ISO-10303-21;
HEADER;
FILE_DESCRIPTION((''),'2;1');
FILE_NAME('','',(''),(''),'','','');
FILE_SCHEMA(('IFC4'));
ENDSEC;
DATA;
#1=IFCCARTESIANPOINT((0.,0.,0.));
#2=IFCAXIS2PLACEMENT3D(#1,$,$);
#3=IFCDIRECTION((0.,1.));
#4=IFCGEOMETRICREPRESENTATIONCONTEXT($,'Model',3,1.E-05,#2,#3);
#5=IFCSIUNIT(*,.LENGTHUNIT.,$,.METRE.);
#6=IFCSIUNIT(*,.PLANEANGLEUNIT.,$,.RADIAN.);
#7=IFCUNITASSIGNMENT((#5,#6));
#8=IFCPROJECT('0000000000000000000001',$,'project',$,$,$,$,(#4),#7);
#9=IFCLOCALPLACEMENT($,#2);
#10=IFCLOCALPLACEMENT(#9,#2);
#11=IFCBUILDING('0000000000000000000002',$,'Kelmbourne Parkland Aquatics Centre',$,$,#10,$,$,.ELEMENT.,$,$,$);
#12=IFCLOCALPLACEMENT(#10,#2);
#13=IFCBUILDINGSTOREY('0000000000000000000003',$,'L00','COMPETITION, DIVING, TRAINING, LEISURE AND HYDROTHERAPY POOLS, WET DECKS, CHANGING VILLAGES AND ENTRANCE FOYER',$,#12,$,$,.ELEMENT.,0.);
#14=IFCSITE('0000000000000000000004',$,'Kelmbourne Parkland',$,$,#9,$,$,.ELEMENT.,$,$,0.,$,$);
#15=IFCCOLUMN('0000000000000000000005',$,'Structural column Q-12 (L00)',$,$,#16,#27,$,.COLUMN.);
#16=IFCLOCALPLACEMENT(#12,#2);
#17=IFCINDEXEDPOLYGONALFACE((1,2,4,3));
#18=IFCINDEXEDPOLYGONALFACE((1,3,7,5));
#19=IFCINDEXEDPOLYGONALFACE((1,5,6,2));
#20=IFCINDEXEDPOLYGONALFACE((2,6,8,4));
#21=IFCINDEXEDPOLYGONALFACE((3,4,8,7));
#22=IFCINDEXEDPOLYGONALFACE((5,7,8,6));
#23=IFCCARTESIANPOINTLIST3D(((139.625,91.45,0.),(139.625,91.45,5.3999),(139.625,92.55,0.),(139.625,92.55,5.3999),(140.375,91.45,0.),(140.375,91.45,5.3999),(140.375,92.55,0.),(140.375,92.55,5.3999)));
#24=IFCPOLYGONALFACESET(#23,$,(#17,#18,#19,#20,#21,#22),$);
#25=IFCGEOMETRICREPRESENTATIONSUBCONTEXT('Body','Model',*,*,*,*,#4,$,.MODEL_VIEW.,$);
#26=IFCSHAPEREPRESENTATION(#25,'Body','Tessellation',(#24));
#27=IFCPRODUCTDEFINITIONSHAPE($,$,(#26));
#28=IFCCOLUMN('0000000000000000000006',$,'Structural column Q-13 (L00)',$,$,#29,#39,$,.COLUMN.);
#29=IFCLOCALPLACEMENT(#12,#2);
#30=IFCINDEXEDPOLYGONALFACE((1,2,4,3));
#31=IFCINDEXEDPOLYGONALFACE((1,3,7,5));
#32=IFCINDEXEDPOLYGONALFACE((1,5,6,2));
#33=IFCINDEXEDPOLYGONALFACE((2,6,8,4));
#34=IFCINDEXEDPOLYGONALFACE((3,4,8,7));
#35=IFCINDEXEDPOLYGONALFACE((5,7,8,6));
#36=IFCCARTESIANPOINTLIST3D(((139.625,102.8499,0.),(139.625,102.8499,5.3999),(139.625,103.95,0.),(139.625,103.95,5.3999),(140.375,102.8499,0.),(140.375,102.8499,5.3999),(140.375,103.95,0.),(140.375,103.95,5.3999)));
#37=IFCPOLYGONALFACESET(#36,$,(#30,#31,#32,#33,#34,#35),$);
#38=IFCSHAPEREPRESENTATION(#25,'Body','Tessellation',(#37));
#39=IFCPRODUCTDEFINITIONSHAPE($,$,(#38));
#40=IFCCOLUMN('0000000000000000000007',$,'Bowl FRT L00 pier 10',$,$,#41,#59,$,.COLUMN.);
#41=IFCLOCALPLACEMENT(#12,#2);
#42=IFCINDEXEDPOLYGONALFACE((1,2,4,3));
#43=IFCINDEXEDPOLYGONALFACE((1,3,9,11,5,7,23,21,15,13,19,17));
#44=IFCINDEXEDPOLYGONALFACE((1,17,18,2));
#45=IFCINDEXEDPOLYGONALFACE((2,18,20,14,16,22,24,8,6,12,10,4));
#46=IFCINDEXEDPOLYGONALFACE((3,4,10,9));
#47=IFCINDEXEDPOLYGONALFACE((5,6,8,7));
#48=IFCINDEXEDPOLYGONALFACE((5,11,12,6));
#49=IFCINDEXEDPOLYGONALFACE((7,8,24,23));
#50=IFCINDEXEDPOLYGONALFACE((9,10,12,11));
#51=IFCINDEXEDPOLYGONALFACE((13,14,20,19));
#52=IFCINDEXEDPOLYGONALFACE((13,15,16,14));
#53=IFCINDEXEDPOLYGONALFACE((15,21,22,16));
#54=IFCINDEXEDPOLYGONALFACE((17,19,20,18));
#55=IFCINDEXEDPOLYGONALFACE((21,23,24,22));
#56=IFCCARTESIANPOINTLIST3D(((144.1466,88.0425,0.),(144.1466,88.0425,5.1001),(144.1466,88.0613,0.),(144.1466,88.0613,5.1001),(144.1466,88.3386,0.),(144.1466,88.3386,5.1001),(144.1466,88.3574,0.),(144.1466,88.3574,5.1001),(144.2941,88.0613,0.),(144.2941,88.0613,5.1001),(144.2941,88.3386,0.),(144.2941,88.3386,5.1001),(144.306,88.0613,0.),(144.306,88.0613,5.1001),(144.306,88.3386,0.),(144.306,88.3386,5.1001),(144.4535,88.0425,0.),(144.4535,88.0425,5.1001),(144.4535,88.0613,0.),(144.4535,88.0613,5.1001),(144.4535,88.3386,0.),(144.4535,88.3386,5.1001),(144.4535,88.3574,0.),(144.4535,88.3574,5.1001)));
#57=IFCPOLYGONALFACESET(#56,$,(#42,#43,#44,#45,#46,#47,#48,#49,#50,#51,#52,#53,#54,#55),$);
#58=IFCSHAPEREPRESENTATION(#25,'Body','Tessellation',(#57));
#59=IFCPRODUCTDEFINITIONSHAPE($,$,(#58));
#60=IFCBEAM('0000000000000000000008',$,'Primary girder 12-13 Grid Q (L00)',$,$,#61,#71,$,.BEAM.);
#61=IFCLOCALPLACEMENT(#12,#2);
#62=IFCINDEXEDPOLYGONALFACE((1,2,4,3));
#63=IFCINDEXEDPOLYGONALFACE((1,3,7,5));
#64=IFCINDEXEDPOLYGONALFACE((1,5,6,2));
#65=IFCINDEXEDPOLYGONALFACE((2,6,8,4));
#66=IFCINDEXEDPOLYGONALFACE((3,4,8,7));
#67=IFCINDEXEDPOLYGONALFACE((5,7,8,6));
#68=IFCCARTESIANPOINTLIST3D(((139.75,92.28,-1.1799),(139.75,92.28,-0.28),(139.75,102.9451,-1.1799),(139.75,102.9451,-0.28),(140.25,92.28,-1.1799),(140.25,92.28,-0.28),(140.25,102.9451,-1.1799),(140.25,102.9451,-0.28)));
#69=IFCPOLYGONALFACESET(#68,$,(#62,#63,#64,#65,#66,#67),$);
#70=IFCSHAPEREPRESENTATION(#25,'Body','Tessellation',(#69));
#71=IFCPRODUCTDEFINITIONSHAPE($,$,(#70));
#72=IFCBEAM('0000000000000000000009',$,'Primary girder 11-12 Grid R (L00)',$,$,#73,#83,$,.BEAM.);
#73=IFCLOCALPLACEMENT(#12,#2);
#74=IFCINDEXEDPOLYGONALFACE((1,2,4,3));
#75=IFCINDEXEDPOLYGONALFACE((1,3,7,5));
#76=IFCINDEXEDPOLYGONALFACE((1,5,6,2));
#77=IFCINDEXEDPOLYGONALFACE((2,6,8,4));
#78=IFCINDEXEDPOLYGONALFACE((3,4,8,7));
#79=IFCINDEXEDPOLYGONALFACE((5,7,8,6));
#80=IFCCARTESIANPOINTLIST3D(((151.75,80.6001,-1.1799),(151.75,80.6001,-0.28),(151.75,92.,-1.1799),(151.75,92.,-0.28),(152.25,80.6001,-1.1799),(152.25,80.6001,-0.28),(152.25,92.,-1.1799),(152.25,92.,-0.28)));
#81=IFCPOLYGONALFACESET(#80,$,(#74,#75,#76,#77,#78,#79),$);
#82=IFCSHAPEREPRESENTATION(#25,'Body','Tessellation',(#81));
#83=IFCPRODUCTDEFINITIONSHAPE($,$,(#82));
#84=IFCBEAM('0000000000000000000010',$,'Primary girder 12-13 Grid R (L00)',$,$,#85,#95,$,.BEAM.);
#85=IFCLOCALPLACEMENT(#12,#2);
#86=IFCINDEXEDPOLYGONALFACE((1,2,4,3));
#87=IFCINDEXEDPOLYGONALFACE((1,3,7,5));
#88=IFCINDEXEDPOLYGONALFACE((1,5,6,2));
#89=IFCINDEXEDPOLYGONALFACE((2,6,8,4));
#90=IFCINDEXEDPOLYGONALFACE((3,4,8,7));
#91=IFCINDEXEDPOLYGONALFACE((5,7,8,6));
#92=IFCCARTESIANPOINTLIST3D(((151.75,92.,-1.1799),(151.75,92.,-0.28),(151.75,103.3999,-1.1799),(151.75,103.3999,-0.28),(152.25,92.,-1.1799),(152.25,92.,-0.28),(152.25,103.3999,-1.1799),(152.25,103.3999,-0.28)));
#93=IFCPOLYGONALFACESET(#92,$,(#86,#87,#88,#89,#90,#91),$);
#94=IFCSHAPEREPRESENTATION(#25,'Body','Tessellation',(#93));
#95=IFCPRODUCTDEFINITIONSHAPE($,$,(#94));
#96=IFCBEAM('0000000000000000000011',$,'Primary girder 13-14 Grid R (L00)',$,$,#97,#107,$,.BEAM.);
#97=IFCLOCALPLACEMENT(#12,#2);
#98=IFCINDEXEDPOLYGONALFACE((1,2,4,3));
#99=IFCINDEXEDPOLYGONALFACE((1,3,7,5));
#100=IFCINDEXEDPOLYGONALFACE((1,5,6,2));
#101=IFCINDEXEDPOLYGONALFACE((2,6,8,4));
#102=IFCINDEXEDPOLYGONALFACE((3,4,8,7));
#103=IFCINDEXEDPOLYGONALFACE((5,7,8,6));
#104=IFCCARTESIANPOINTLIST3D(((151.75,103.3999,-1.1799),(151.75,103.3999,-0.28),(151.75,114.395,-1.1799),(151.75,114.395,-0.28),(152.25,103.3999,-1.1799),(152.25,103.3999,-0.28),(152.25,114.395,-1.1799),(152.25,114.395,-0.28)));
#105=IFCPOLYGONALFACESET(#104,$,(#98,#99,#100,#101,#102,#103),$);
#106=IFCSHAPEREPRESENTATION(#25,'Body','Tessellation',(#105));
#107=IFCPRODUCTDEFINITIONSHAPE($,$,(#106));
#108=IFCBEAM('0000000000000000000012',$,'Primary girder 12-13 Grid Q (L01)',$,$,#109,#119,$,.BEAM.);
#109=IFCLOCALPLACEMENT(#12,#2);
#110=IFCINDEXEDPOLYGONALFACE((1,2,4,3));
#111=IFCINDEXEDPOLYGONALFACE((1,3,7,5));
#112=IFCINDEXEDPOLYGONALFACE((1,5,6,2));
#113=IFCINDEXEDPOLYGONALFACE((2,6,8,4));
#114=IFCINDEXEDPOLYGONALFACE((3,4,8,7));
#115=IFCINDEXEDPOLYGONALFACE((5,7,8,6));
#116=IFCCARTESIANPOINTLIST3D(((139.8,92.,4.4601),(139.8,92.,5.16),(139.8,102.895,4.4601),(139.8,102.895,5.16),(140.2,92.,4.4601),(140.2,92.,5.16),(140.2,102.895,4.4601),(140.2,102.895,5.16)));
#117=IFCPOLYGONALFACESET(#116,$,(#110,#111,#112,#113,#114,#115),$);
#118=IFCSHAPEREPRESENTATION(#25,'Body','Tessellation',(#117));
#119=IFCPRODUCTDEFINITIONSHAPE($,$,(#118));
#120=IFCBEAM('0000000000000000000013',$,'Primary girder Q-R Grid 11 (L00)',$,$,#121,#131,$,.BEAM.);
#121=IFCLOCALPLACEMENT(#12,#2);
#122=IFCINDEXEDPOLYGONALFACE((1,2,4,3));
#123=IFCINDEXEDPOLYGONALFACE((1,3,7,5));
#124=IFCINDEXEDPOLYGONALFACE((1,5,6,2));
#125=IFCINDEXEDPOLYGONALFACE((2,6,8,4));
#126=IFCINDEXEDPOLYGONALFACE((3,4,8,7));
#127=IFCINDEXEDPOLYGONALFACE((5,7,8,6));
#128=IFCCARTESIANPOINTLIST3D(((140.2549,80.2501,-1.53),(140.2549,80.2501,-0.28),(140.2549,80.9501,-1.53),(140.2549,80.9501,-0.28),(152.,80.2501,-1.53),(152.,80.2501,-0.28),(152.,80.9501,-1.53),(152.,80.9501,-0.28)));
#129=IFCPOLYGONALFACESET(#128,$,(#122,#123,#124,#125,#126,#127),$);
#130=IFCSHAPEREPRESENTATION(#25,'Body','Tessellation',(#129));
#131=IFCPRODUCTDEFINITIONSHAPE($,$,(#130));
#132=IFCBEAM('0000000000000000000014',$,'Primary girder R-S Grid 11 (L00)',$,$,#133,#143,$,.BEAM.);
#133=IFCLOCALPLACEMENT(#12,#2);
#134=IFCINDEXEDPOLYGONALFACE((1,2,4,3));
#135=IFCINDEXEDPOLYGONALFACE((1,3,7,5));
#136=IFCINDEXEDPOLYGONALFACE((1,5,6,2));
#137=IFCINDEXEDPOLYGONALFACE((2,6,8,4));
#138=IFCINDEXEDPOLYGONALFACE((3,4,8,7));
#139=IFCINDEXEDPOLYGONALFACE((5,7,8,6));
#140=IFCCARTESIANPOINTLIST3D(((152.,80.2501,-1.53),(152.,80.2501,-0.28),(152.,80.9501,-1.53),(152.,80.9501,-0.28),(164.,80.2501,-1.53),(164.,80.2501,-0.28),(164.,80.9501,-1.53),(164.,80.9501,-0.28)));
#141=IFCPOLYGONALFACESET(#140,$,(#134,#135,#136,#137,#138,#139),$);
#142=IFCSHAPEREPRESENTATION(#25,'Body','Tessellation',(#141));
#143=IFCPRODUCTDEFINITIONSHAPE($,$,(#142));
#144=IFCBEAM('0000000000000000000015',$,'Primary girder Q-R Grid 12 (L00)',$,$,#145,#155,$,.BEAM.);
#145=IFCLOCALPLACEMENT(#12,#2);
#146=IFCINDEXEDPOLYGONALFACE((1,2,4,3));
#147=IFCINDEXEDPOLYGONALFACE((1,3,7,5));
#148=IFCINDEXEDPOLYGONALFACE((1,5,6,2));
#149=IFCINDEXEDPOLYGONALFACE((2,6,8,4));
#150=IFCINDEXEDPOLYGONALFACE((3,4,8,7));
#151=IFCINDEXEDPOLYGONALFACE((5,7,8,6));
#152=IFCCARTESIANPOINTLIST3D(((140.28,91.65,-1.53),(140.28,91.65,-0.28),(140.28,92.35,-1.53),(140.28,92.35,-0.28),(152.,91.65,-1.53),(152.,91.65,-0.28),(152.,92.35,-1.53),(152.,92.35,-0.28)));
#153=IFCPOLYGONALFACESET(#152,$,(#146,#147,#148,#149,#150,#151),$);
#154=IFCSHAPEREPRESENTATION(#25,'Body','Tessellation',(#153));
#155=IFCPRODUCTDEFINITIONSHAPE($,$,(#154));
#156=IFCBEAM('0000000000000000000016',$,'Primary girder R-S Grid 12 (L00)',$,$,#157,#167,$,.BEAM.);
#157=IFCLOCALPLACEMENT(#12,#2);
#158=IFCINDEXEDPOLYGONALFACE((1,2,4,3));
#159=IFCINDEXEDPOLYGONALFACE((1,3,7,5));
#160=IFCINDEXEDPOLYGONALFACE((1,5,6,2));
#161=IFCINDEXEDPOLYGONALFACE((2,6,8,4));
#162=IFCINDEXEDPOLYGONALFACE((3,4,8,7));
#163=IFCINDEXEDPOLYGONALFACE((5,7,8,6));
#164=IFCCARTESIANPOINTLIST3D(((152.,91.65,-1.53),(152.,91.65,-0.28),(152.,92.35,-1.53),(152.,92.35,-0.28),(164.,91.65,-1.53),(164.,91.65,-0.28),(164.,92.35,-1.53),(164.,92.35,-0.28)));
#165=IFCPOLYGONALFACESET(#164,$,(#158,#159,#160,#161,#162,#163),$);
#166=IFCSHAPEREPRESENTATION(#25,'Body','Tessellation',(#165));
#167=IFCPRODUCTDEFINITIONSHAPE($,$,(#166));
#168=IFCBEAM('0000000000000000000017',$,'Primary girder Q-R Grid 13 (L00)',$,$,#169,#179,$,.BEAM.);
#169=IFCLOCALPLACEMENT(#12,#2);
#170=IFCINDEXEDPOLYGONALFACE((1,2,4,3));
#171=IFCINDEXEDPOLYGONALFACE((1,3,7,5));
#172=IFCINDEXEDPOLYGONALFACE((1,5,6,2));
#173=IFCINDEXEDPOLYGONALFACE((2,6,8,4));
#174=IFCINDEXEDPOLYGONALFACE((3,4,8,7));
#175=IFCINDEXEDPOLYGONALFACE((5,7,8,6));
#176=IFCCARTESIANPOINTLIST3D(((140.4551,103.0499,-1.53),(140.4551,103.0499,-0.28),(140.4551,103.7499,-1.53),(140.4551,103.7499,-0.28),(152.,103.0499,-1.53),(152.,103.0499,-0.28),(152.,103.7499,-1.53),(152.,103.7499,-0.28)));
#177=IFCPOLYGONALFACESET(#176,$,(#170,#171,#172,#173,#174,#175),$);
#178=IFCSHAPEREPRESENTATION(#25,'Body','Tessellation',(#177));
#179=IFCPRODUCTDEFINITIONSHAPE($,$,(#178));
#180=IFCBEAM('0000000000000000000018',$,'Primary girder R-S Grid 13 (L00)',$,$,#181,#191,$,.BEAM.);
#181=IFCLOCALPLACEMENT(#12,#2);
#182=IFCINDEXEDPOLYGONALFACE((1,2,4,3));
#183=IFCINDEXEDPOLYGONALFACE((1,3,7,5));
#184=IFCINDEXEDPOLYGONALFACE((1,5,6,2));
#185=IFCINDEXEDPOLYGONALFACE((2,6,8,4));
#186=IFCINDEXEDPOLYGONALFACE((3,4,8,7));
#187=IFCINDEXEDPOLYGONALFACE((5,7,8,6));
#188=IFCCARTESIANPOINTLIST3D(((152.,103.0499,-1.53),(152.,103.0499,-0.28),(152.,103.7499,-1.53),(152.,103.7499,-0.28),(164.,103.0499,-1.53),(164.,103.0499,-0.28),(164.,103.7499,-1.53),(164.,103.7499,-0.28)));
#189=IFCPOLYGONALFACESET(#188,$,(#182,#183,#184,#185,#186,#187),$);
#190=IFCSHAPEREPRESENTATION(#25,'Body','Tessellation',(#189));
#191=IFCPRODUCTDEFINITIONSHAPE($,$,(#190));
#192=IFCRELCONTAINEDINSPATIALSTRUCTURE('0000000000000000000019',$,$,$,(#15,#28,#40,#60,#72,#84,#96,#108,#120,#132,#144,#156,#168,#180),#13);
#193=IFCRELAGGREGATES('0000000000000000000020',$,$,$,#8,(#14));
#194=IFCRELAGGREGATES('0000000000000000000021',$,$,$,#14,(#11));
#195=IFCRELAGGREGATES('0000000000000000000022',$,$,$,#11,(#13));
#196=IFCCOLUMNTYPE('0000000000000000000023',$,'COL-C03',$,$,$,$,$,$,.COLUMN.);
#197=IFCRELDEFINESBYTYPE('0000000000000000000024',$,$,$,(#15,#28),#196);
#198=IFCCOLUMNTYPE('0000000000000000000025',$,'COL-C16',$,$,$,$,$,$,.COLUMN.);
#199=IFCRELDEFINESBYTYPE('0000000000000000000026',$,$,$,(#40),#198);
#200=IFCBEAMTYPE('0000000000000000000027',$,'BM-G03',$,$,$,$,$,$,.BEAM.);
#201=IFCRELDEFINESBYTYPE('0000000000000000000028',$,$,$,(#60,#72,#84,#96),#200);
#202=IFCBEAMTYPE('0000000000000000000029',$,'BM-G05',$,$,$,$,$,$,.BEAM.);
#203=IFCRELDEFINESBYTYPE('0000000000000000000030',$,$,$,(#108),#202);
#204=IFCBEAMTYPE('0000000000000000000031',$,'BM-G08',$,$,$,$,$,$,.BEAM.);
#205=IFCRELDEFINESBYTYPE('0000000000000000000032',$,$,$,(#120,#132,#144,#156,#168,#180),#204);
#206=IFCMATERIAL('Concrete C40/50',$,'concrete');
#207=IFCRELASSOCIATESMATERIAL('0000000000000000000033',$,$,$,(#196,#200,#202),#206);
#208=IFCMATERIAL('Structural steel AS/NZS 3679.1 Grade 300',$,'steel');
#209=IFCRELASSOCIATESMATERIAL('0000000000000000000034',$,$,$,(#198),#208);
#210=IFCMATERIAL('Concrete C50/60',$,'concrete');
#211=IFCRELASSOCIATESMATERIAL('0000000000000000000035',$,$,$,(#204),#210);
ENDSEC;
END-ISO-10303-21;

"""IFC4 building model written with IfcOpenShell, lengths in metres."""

from ifc_helpers import new_model, si_unit, direction, frame, origin, origin_2d, place, context, subcontext, project, spatial, rectangle, i_section, extrude, material, material_profile, profile_set, type_object, element, save


model = new_model("IFC4")

# Units and contexts
model_context = context("Model", 3, precision=1e-05, world=origin(), true_north=direction((0.0, 1.0)))
body_context = subcontext(model_context, "Body", "Model", "MODEL_VIEW")
ifc_project = project(units=[si_unit("LENGTHUNIT", "METRE"), si_unit("PLANEANGLEUNIT", "RADIAN")], contexts=[model_context])

# Site, building, storey
site_placement = place(None, origin())
site = spatial("IfcSite", under=ifc_project, at=site_placement, Name="Kelmbourne Parkland", CompositionType="ELEMENT", RefElevation=0.0)
building_placement = place(site_placement, origin())
building = spatial("IfcBuilding", under=site, at=building_placement, Name="Kelmbourne Parkland Aquatics Centre", CompositionType="ELEMENT")
storey_placement = place(building_placement, origin())
storey = spatial("IfcBuildingStorey", under=building, at=storey_placement, Name="L00", Description="COMPETITION, DIVING, TRAINING, LEISURE AND HYDROTHERAPY POOLS, WET DECKS, CHANGING VILLAGES AND ENTRANCE FOYER", CompositionType="ELEMENT", Elevation=0.0)

# Columns
ifc_material_1 = material(Name="Concrete C40/50", Category="concrete")
ifc_material_profile_1 = material_profile(ifc_material_1, rectangle(XDim=0.75, YDim=1.1001, at=origin_2d()), Name="RC 750x1100")
ifc_profile_set_1 = profile_set([ifc_material_profile_1], Name="Concrete C40/50")
column_type_1 = type_object("IfcColumnType", Name="COL-C03", PredefinedType="COLUMN", material=ifc_profile_set_1)
for number, where, z_axis, x_axis, name in (
    (1, (140.0, 92.0, 0.0), (0.0, 0.0, 1.0), (1.0, 0.0, 0.0), "Structural column Q-12 (L00)"),
    (2, (140.0, 103.3999, 0.0), (0.0, 0.0, 1.0), (1.0, 0.0, 0.0), "Structural column Q-13 (L00)"),
):
    element("IfcColumn", number, at=place(storey_placement, frame(where, z_axis=z_axis, x_axis=x_axis)), inside=storey, type_object=column_type_1, Name=name, PredefinedType="COLUMN", context=body_context, shape_type="SweptSolid", body=[
        extrude(rectangle(XDim=0.75, YDim=1.1001, at=origin_2d()), origin(), (0.0, 0.0, 1.0), 5.3999),
    ])
ifc_material_2 = material(Name="Structural steel AS/NZS 3679.1 Grade 300", Category="steel")
ifc_material_profile_2 = material_profile(ifc_material_2, i_section(OverallWidth=0.3069, OverallDepth=0.3149, WebThickness=0.012, FlangeThickness=0.0188, at=origin_2d()), Name="310UC118")
ifc_profile_set_2 = profile_set([ifc_material_profile_2], Name="Structural steel AS/NZS 3679.1 Grade 300")
column_type_2 = type_object("IfcColumnType", Name="COL-C16", PredefinedType="COLUMN", material=ifc_profile_set_2)
column_placement = place(storey_placement, frame((144.3, 88.2, 0.0), z_axis=(0.0, 0.0, 1.0), x_axis=(1.0, 0.0, 0.0)))
element("IfcColumn", 3, at=column_placement, inside=storey, type_object=column_type_2, Name="Bowl FRT L00 pier 10", PredefinedType="COLUMN", context=body_context, shape_type="SweptSolid", body=[
    extrude(i_section(OverallWidth=0.3069, OverallDepth=0.3149, WebThickness=0.012, FlangeThickness=0.0188, at=origin_2d()), origin(), (0.0, 0.0, 1.0), 5.1001),
])

# Beams
ifc_material_profile_3 = material_profile(ifc_material_1, rectangle(XDim=0.5, YDim=0.8999, at=origin_2d()), Name="RC 500x900")
ifc_profile_set_3 = profile_set([ifc_material_profile_3], Name="Concrete C40/50")
beam_type_1 = type_object("IfcBeamType", Name="BM-G03", PredefinedType="BEAM", material=ifc_profile_set_3)
beam_1_placement = place(storey_placement, frame((140.0, 92.28, -0.73), z_axis=(0.0, 1.0, 0.0), x_axis=(-1.0, 0.0, 0.0)))
element("IfcBeam", 4, at=beam_1_placement, inside=storey, type_object=beam_type_1, Name="Primary girder 12-13 Grid Q (L00)", PredefinedType="BEAM", context=body_context, shape_type="SweptSolid", body=[
    extrude(rectangle(XDim=0.5, YDim=0.8999, at=origin_2d()), origin(), (0.0, 0.0, 1.0), 10.665),
])
for number, where, z_axis, x_axis, name in (
    (5, (152.0, 80.6001, -0.73), (0.0, 1.0, 0.0), (-1.0, 0.0, 0.0), "Primary girder 11-12 Grid R (L00)"),
    (6, (152.0, 92.0, -0.73), (0.0, 1.0, 0.0), (-1.0, 0.0, 0.0), "Primary girder 12-13 Grid R (L00)"),
):
    element("IfcBeam", number, at=place(storey_placement, frame(where, z_axis=z_axis, x_axis=x_axis)), inside=storey, type_object=beam_type_1, Name=name, PredefinedType="BEAM", context=body_context, shape_type="SweptSolid", body=[
        extrude(rectangle(XDim=0.5, YDim=0.8999, at=origin_2d()), origin(), (0.0, 0.0, 1.0), 11.3999),
    ])
beam_2_placement = place(storey_placement, frame((152.0, 103.3999, -0.73), z_axis=(0.0, 1.0, 0.0), x_axis=(-1.0, 0.0, 0.0)))
element("IfcBeam", 7, at=beam_2_placement, inside=storey, type_object=beam_type_1, Name="Primary girder 13-14 Grid R (L00)", PredefinedType="BEAM", context=body_context, shape_type="SweptSolid", body=[
    extrude(rectangle(XDim=0.5, YDim=0.8999, at=origin_2d()), origin(), (0.0, 0.0, 1.0), 10.9951),
])
ifc_material_profile_4 = material_profile(ifc_material_1, rectangle(XDim=0.3999, YDim=0.7, at=origin_2d()), Name="RC 400x700")
ifc_profile_set_4 = profile_set([ifc_material_profile_4], Name="Concrete C40/50")
beam_type_2 = type_object("IfcBeamType", Name="BM-G05", PredefinedType="BEAM", material=ifc_profile_set_4)
beam_3_placement = place(storey_placement, frame((140.0, 92.0, 4.8101), z_axis=(0.0, 1.0, 0.0), x_axis=(-1.0, 0.0, 0.0)))
element("IfcBeam", 8, at=beam_3_placement, inside=storey, type_object=beam_type_2, Name="Primary girder 12-13 Grid Q (L01)", PredefinedType="BEAM", context=body_context, shape_type="SweptSolid", body=[
    extrude(rectangle(XDim=0.3999, YDim=0.7, at=origin_2d()), origin(), (0.0, 0.0, 1.0), 10.895),
])
ifc_material_3 = material(Name="Concrete C50/60", Category="concrete")
ifc_material_profile_5 = material_profile(ifc_material_3, rectangle(XDim=0.7, YDim=1.25, at=origin_2d()), Name="RC 700x1250")
ifc_profile_set_5 = profile_set([ifc_material_profile_5], Name="Concrete C50/60")
beam_type_3 = type_object("IfcBeamType", Name="BM-G08", PredefinedType="BEAM", material=ifc_profile_set_5)
beam_4_placement = place(storey_placement, frame((140.2549, 80.6001, -0.905), z_axis=(1.0, 0.0, 0.0), x_axis=(0.0, 1.0, 0.0)))
element("IfcBeam", 9, at=beam_4_placement, inside=storey, type_object=beam_type_3, Name="Primary girder Q-R Grid 11 (L00)", PredefinedType="BEAM", context=body_context, shape_type="SweptSolid", body=[
    extrude(rectangle(XDim=0.7, YDim=1.25, at=origin_2d()), origin(), (0.0, 0.0, 1.0), 11.7451),
])
beam_5_placement = place(storey_placement, frame((152.0, 80.6001, -0.905), z_axis=(1.0, 0.0, 0.0), x_axis=(0.0, 1.0, 0.0)))
element("IfcBeam", 10, at=beam_5_placement, inside=storey, type_object=beam_type_3, Name="Primary girder R-S Grid 11 (L00)", PredefinedType="BEAM", context=body_context, shape_type="SweptSolid", body=[
    extrude(rectangle(XDim=0.7, YDim=1.25, at=origin_2d()), origin(), (0.0, 0.0, 1.0), 12.0),
])
beam_6_placement = place(storey_placement, frame((140.28, 92.0, -0.905), z_axis=(1.0, 0.0, 0.0), x_axis=(0.0, 1.0, 0.0)))
element("IfcBeam", 11, at=beam_6_placement, inside=storey, type_object=beam_type_3, Name="Primary girder Q-R Grid 12 (L00)", PredefinedType="BEAM", context=body_context, shape_type="SweptSolid", body=[
    extrude(rectangle(XDim=0.7, YDim=1.25, at=origin_2d()), origin(), (0.0, 0.0, 1.0), 11.72),
])
beam_7_placement = place(storey_placement, frame((152.0, 92.0, -0.905), z_axis=(1.0, 0.0, 0.0), x_axis=(0.0, 1.0, 0.0)))
element("IfcBeam", 12, at=beam_7_placement, inside=storey, type_object=beam_type_3, Name="Primary girder R-S Grid 12 (L00)", PredefinedType="BEAM", context=body_context, shape_type="SweptSolid", body=[
    extrude(rectangle(XDim=0.7, YDim=1.25, at=origin_2d()), origin(), (0.0, 0.0, 1.0), 12.0),
])
beam_8_placement = place(storey_placement, frame((140.4551, 103.3999, -0.905), z_axis=(1.0, 0.0, 0.0), x_axis=(0.0, 1.0, 0.0)))
element("IfcBeam", 13, at=beam_8_placement, inside=storey, type_object=beam_type_3, Name="Primary girder Q-R Grid 13 (L00)", PredefinedType="BEAM", context=body_context, shape_type="SweptSolid", body=[
    extrude(rectangle(XDim=0.7, YDim=1.25, at=origin_2d()), origin(), (0.0, 0.0, 1.0), 11.5449),
])
beam_9_placement = place(storey_placement, frame((152.0, 103.3999, -0.905), z_axis=(1.0, 0.0, 0.0), x_axis=(0.0, 1.0, 0.0)))
element("IfcBeam", 14, at=beam_9_placement, inside=storey, type_object=beam_type_3, Name="Primary girder R-S Grid 13 (L00)", PredefinedType="BEAM", context=body_context, shape_type="SweptSolid", body=[
    extrude(rectangle(XDim=0.7, YDim=1.25, at=origin_2d()), origin(), (0.0, 0.0, 1.0), 12.0),
])

save(model, "model.ifc")
